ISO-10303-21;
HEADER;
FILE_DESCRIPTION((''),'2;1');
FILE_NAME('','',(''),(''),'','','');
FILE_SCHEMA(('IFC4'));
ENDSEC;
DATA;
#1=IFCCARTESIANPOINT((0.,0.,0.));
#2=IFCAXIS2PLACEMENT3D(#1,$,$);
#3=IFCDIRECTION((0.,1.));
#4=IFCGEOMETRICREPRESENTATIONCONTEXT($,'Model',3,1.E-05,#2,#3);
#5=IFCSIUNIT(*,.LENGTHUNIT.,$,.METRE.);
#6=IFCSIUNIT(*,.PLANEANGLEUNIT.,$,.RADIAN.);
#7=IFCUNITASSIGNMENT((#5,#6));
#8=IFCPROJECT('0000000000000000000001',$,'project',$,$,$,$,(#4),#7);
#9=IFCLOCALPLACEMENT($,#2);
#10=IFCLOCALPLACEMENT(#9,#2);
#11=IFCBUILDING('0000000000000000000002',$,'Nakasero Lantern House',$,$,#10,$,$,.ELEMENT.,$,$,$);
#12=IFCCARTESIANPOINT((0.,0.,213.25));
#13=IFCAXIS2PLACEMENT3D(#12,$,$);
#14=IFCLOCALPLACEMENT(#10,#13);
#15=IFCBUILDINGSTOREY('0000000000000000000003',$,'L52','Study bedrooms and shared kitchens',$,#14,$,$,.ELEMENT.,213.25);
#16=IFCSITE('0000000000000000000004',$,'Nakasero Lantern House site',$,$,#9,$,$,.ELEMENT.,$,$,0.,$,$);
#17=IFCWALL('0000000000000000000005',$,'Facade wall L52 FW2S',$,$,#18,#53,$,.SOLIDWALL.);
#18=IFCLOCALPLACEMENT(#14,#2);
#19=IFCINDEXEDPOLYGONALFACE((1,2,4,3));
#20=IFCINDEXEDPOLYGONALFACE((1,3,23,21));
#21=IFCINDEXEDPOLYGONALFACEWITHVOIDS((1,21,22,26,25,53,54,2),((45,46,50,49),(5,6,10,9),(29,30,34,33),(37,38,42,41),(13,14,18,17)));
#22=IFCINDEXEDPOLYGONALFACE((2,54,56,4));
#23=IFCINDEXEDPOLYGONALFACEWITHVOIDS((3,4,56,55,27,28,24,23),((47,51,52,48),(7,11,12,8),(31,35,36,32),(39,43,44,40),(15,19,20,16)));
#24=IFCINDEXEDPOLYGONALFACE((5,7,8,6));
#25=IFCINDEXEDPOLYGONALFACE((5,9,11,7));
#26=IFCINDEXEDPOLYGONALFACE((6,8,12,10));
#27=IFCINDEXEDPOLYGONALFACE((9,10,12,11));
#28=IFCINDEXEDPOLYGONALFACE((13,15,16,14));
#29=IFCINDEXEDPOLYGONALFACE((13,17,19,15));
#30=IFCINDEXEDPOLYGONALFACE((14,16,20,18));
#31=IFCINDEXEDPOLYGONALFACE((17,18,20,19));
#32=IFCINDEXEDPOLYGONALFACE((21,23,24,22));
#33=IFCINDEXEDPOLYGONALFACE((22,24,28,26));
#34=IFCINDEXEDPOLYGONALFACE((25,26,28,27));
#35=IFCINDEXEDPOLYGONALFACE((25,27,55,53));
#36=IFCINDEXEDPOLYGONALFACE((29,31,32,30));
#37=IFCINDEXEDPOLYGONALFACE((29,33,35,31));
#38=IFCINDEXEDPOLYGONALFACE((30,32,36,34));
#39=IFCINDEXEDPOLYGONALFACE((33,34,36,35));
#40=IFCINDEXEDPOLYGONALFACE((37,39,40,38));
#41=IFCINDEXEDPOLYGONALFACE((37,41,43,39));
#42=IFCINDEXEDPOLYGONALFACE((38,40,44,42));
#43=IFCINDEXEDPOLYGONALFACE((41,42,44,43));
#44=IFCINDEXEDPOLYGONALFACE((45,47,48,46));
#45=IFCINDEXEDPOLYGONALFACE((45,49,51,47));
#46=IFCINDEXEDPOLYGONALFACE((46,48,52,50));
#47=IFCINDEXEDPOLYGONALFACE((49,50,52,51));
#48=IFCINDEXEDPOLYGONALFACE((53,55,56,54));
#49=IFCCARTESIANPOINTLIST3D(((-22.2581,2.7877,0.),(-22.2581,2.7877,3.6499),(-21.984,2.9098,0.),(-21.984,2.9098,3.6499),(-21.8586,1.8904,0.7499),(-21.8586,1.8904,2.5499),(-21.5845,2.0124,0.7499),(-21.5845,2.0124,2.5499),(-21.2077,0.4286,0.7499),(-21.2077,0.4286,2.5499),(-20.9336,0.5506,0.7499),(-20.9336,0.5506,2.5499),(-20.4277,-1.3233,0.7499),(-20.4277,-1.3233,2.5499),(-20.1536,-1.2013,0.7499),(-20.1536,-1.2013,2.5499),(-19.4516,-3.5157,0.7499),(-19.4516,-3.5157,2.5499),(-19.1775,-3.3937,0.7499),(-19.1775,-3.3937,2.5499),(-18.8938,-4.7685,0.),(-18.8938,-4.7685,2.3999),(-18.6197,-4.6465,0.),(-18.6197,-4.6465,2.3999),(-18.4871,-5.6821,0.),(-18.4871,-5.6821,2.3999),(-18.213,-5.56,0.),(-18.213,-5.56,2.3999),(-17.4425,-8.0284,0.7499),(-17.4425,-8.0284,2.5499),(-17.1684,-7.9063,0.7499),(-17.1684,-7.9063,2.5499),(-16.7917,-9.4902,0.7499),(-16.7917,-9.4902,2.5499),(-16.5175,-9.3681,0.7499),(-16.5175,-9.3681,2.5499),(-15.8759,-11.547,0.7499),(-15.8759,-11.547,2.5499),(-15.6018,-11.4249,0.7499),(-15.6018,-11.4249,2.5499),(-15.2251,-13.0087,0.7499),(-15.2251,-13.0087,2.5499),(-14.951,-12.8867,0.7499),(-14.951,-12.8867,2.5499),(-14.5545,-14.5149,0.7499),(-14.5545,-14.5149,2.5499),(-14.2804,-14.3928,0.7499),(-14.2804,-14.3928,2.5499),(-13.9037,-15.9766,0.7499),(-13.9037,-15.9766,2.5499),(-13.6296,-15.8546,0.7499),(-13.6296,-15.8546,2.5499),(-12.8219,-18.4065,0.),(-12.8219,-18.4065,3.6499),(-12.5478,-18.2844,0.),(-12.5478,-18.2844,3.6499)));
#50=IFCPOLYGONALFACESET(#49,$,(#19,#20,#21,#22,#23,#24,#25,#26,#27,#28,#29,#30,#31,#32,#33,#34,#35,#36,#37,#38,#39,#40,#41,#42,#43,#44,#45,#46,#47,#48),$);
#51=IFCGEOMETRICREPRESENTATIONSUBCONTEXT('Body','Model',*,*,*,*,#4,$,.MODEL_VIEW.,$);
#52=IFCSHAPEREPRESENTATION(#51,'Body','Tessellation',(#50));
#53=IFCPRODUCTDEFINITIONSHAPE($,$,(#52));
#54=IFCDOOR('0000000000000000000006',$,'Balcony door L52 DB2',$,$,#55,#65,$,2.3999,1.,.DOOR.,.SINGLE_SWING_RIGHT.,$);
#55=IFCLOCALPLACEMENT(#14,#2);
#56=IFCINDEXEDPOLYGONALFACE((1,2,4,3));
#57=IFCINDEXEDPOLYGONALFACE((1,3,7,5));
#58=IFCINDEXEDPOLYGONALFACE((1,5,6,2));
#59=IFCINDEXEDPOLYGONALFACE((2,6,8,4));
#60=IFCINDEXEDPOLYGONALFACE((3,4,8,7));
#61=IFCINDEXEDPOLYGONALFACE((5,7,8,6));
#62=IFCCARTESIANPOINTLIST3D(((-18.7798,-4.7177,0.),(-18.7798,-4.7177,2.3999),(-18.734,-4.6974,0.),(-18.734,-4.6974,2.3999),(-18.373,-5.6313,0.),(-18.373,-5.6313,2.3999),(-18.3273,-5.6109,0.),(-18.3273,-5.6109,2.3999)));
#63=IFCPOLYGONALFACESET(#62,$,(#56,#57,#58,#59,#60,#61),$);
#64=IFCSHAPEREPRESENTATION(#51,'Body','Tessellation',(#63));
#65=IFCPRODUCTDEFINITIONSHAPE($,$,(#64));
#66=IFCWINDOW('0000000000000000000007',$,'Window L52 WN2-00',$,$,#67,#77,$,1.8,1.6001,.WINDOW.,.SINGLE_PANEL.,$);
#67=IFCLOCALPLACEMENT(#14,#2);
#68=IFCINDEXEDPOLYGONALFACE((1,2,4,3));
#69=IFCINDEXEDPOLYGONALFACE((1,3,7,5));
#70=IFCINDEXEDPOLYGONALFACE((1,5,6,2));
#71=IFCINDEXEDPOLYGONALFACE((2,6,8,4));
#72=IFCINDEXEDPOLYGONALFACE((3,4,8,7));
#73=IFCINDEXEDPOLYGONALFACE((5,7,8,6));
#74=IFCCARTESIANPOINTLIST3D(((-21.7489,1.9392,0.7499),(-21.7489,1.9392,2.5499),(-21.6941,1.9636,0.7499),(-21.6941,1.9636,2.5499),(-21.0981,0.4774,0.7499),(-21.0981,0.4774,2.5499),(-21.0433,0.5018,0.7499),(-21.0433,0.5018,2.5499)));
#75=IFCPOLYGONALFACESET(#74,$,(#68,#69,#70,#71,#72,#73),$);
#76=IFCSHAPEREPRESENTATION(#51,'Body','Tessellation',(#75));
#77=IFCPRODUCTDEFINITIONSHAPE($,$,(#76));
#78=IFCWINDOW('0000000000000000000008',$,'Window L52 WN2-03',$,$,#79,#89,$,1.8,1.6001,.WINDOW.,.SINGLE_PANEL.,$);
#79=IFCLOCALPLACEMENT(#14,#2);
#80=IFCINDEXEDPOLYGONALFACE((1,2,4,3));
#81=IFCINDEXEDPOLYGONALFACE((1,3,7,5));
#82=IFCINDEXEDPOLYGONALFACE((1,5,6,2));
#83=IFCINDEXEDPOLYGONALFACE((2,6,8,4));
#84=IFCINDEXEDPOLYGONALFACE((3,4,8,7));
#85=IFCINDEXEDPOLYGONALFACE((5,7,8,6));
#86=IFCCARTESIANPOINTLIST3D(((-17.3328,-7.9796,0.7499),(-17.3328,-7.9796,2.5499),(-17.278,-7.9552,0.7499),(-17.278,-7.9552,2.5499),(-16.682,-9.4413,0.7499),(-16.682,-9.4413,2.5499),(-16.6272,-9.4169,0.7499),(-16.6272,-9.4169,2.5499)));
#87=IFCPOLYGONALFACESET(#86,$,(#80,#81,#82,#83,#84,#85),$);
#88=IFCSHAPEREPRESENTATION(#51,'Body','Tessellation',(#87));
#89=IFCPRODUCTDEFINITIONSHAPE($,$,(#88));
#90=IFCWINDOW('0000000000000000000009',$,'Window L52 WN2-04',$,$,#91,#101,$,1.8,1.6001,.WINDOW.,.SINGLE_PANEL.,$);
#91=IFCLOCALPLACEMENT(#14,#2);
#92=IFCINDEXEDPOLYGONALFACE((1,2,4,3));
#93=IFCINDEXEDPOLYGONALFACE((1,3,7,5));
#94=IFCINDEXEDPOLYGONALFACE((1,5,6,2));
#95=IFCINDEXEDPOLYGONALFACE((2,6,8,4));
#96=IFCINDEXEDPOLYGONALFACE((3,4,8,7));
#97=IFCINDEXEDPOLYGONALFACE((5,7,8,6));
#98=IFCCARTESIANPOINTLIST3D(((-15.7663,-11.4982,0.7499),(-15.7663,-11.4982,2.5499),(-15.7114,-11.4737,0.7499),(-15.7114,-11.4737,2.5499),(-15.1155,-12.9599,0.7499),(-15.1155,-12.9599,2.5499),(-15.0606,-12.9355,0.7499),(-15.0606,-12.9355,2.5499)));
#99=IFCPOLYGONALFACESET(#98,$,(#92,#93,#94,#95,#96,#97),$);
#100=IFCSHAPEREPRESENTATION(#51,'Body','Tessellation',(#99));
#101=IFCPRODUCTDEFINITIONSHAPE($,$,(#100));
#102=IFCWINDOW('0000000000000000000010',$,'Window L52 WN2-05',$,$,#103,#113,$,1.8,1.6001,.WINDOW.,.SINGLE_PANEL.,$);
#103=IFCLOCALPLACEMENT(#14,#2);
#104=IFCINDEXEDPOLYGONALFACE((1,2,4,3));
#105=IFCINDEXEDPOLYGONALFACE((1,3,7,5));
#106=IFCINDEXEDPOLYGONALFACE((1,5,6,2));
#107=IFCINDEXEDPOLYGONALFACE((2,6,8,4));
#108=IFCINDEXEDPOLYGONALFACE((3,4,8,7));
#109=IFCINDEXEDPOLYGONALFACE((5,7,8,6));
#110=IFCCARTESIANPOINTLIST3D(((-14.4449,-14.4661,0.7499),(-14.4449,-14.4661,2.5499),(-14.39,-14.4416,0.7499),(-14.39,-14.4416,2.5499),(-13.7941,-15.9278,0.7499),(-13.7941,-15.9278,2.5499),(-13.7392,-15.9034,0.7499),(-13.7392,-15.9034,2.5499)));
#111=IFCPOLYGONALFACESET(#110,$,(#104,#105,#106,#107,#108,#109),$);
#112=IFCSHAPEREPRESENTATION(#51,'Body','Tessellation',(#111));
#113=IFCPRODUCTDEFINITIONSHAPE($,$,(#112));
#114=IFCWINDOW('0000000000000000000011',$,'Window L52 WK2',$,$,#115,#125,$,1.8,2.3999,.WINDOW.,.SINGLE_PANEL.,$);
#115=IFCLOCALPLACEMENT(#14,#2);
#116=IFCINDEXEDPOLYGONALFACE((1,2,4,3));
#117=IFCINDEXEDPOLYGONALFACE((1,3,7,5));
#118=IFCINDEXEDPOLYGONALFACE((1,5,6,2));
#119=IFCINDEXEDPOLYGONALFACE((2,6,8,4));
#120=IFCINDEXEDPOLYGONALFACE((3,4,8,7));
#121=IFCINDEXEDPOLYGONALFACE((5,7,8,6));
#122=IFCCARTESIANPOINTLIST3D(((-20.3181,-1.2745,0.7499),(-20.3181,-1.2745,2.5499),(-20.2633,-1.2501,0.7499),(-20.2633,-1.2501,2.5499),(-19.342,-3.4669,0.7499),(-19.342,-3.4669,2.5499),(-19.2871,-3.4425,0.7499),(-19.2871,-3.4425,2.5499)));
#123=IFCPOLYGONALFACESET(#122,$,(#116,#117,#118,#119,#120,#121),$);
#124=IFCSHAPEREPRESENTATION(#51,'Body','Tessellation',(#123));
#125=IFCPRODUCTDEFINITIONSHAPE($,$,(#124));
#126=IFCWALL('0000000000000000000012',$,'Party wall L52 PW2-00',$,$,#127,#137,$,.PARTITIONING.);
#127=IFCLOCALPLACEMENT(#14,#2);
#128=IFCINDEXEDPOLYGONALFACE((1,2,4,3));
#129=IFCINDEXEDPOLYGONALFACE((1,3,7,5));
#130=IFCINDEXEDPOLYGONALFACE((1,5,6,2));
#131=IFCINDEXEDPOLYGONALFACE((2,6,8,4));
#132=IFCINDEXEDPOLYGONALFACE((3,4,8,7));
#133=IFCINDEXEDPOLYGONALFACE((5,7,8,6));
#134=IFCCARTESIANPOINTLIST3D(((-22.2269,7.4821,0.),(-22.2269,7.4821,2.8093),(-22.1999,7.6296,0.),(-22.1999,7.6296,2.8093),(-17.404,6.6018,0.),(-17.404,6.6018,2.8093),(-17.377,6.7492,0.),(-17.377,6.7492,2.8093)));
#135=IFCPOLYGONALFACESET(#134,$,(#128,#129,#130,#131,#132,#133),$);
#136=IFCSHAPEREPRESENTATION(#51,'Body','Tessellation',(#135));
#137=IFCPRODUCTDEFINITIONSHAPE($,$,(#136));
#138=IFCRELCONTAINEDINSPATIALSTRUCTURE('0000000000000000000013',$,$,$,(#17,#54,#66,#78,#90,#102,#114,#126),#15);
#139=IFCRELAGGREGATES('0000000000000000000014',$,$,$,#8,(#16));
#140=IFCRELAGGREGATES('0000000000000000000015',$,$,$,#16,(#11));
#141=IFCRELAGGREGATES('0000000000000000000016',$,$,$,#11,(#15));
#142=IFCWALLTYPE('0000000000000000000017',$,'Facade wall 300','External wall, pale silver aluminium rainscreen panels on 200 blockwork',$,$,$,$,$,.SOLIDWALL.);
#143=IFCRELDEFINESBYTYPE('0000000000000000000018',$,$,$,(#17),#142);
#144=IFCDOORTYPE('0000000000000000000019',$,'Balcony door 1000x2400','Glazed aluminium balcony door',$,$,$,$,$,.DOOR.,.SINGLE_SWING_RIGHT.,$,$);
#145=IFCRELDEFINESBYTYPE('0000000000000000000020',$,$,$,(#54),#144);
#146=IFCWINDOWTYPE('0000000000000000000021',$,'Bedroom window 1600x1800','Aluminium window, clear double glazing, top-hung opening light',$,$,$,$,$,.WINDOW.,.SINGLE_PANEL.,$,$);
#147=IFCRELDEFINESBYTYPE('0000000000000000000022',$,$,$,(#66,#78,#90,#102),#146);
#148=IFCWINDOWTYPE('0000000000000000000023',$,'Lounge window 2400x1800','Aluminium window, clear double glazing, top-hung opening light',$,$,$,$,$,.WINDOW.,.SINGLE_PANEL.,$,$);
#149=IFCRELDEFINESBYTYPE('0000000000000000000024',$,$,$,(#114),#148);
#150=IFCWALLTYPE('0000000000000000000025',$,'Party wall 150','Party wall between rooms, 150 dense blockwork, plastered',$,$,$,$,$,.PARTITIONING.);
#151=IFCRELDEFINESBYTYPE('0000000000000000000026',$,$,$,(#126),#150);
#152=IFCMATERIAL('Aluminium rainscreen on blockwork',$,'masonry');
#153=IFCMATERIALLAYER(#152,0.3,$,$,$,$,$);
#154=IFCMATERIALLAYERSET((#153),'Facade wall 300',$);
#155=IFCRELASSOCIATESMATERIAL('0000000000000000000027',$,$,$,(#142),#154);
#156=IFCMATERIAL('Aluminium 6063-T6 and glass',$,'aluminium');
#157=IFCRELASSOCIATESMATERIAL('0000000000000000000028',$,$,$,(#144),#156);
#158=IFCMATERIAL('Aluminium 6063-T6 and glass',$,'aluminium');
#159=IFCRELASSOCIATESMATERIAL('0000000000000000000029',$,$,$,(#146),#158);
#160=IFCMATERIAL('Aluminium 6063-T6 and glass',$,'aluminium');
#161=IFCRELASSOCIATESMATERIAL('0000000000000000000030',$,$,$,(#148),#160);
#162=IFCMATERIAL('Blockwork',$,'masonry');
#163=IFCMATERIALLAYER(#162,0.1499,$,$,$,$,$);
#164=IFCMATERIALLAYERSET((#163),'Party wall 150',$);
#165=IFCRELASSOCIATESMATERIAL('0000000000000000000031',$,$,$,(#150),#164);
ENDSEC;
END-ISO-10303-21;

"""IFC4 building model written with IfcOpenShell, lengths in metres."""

from ifc_helpers import new_model, si_unit, direction, frame, frame_2d, origin, place, context, subcontext, project, spatial, rectangle, extrude, material, layer, layer_set, type_object, element, fill, save


model = new_model("IFC4")

# Units and contexts
model_context = context("Model", 3, precision=1e-05, world=origin(), true_north=direction((0.0, 1.0)))
body_context = subcontext(model_context, "Body", "Model", "MODEL_VIEW")
ifc_project = project(units=[si_unit("LENGTHUNIT", "METRE"), si_unit("PLANEANGLEUNIT", "RADIAN")], contexts=[model_context])

# Site, building, storey
site_placement = place(None, origin())
site = spatial("IfcSite", under=ifc_project, at=site_placement, Name="Nakasero Lantern House site", CompositionType="ELEMENT", RefElevation=0.0)
building_placement = place(site_placement, origin())
building = spatial("IfcBuilding", under=site, at=building_placement, Name="Nakasero Lantern House", CompositionType="ELEMENT")
storey_placement = place(building_placement, frame((0.0, 0.0, 213.25)))
storey = spatial("IfcBuildingStorey", under=building, at=storey_placement, Name="L52", Description="Study bedrooms and shared kitchens", CompositionType="ELEMENT", Elevation=213.25)

# Shared definitions
ifc_material_1 = material(Name="Aluminium rainscreen on blockwork", Category="masonry")
ifc_layer_1 = layer(ifc_material_1, 0.3)
ifc_layer_set_1 = layer_set([ifc_layer_1], Name="Facade wall 300")
wall_type_1 = type_object("IfcWallType", Name="Facade wall 300", Description="External wall, pale silver aluminium rainscreen panels on 200 blockwork", PredefinedType="SOLIDWALL", material=ifc_layer_set_1)

# Wall, openings, door, windows
wall_1_placement = place(storey_placement, frame((-22.1211, 2.8489, 0.0), z_axis=(0.0, 0.0, 1.0), x_axis=(0.406735, -0.913546, 0.0)))
wall_1 = element("IfcWall", 1, at=wall_1_placement, inside=storey, type_object=wall_type_1, Name="Facade wall L52 FW2S", PredefinedType="SOLIDWALL", context=body_context, shape_type="SweptSolid", body=[
    extrude(rectangle(XDim=23.2, YDim=0.3, at=frame_2d((11.6001, 0.0))), origin(), (0.0, 0.0, 1.0), 3.6499),
])
opening_1_placement = place(wall_1_placement, frame((0.9824, 0.0, 0.75)))
opening_1 = element("IfcOpeningElement", 2, at=opening_1_placement, cuts=wall_1, PredefinedType="OPENING", context=body_context, shape_type="SweptSolid", body=[
    extrude(rectangle(XDim=1.6001, YDim=1.8, at=frame_2d((0.8, 0.8999))), frame((0.0, 0.1699, 0.0), z_axis=(0.0, -1.0, 0.0), x_axis=(1.0, 0.0, 0.0)), (0.0, 0.0, 1.0), 0.3401),
])
opening_2_placement = place(wall_1_placement, frame((11.8398, 0.0, 0.75)))
opening_2 = element("IfcOpeningElement", 3, at=opening_2_placement, cuts=wall_1, PredefinedType="OPENING", context=body_context, shape_type="SweptSolid", body=[
    extrude(rectangle(XDim=1.6001, YDim=1.8, at=frame_2d((0.8, 0.8999))), frame((0.0, 0.1699, 0.0), z_axis=(0.0, -1.0, 0.0), x_axis=(1.0, 0.0, 0.0)), (0.0, 0.0, 1.0), 0.3401),
])
opening_3_placement = place(wall_1_placement, frame((15.6914, 0.0, 0.75)))
opening_3 = element("IfcOpeningElement", 4, at=opening_3_placement, cuts=wall_1, PredefinedType="OPENING", context=body_context, shape_type="SweptSolid", body=[
    extrude(rectangle(XDim=1.6001, YDim=1.8, at=frame_2d((0.8, 0.8999))), frame((0.0, 0.1699, 0.0), z_axis=(0.0, -1.0, 0.0), x_axis=(1.0, 0.0, 0.0)), (0.0, 0.0, 1.0), 0.3401),
])
opening_4_placement = place(wall_1_placement, frame((18.9402, 0.0, 0.75)))
opening_4 = element("IfcOpeningElement", 5, at=opening_4_placement, cuts=wall_1, PredefinedType="OPENING", context=body_context, shape_type="SweptSolid", body=[
    extrude(rectangle(XDim=1.6001, YDim=1.8, at=frame_2d((0.8, 0.8999))), frame((0.0, 0.1699, 0.0), z_axis=(0.0, -1.0, 0.0), x_axis=(1.0, 0.0, 0.0)), (0.0, 0.0, 1.0), 0.3401),
])
opening_5_placement = place(wall_1_placement, frame((4.5002, 0.0, 0.75)))
opening_5 = element("IfcOpeningElement", 6, at=opening_5_placement, cuts=wall_1, PredefinedType="OPENING", context=body_context, shape_type="SweptSolid", body=[
    extrude(rectangle(XDim=2.3999, YDim=1.8, at=frame_2d((1.2, 0.8999))), frame((0.0, 0.1699, 0.0), z_axis=(0.0, -1.0, 0.0), x_axis=(1.0, 0.0, 0.0)), (0.0, 0.0, 1.0), 0.3401),
])
opening_6_placement = place(wall_1_placement, frame((8.2715, 0.0, 0.0)))
opening_6 = element("IfcOpeningElement", 7, at=opening_6_placement, cuts=wall_1, PredefinedType="OPENING", context=body_context, shape_type="SweptSolid", body=[
    extrude(rectangle(XDim=1.0, YDim=2.3999, at=frame_2d((0.5, 1.2))), frame((0.0, 0.1699, 0.0), z_axis=(0.0, -1.0, 0.0), x_axis=(1.0, 0.0, 0.0)), (0.0, 0.0, 1.0), 0.3401),
])
ifc_material_2 = material(Name="Aluminium 6063-T6 and glass", Category="aluminium")
door_type_1 = type_object("IfcDoorType", Name="Balcony door 1000x2400", Description="Glazed aluminium balcony door", OperationType="SINGLE_SWING_RIGHT", PredefinedType="DOOR", material=ifc_material_2)
door_1_placement = place(opening_6_placement, origin())
door_1 = element("IfcDoor", 8, at=door_1_placement, inside=storey, type_object=door_type_1, Name="Balcony door L52 DB2", OperationType="SINGLE_SWING_RIGHT", OverallHeight=2.3999, OverallWidth=1.0, PredefinedType="DOOR", context=body_context, shape_type="SweptSolid", body=[
    extrude(rectangle(XDim=1.0, YDim=2.3999, at=frame_2d((0.5, 1.2))), frame((0.0, 0.0249, 0.0), z_axis=(0.0, -1.0, 0.0), x_axis=(1.0, 0.0, 0.0)), (0.0, 0.0, 1.0), 0.05),
])
fill(opening_6, door_1)
ifc_material_3 = material(Name="Aluminium 6063-T6 and glass", Category="aluminium")
window_type_1 = type_object("IfcWindowType", Name="Bedroom window 1600x1800", Description="Aluminium window, clear double glazing, top-hung opening light", PartitioningType="SINGLE_PANEL", PredefinedType="WINDOW", material=ifc_material_3)
window_1_placement = place(opening_1_placement, origin())
window_1 = element("IfcWindow", 9, at=window_1_placement, inside=storey, type_object=window_type_1, Name="Window L52 WN2-00", OverallHeight=1.8, OverallWidth=1.6001, PartitioningType="SINGLE_PANEL", PredefinedType="WINDOW", context=body_context, shape_type="SweptSolid", body=[
    extrude(rectangle(XDim=1.6001, YDim=1.8, at=frame_2d((0.8, 0.8999))), frame((0.0, 0.03, 0.0), z_axis=(0.0, -1.0, 0.0), x_axis=(1.0, 0.0, 0.0)), (0.0, 0.0, 1.0), 0.0601),
])
fill(opening_1, window_1)
window_2_placement = place(opening_2_placement, origin())
window_2 = element("IfcWindow", 10, at=window_2_placement, inside=storey, type_object=window_type_1, Name="Window L52 WN2-03", OverallHeight=1.8, OverallWidth=1.6001, PartitioningType="SINGLE_PANEL", PredefinedType="WINDOW", context=body_context, shape_type="SweptSolid", body=[
    extrude(rectangle(XDim=1.6001, YDim=1.8, at=frame_2d((0.8, 0.8999))), frame((0.0, 0.03, 0.0), z_axis=(0.0, -1.0, 0.0), x_axis=(1.0, 0.0, 0.0)), (0.0, 0.0, 1.0), 0.0601),
])
fill(opening_2, window_2)
window_3_placement = place(opening_3_placement, origin())
window_3 = element("IfcWindow", 11, at=window_3_placement, inside=storey, type_object=window_type_1, Name="Window L52 WN2-04", OverallHeight=1.8, OverallWidth=1.6001, PartitioningType="SINGLE_PANEL", PredefinedType="WINDOW", context=body_context, shape_type="SweptSolid", body=[
    extrude(rectangle(XDim=1.6001, YDim=1.8, at=frame_2d((0.8, 0.8999))), frame((0.0, 0.03, 0.0), z_axis=(0.0, -1.0, 0.0), x_axis=(1.0, 0.0, 0.0)), (0.0, 0.0, 1.0), 0.0601),
])
fill(opening_3, window_3)
window_4_placement = place(opening_4_placement, origin())
window_4 = element("IfcWindow", 12, at=window_4_placement, inside=storey, type_object=window_type_1, Name="Window L52 WN2-05", OverallHeight=1.8, OverallWidth=1.6001, PartitioningType="SINGLE_PANEL", PredefinedType="WINDOW", context=body_context, shape_type="SweptSolid", body=[
    extrude(rectangle(XDim=1.6001, YDim=1.8, at=frame_2d((0.8, 0.8999))), frame((0.0, 0.03, 0.0), z_axis=(0.0, -1.0, 0.0), x_axis=(1.0, 0.0, 0.0)), (0.0, 0.0, 1.0), 0.0601),
])
fill(opening_4, window_4)
ifc_material_4 = material(Name="Aluminium 6063-T6 and glass", Category="aluminium")
window_type_2 = type_object("IfcWindowType", Name="Lounge window 2400x1800", Description="Aluminium window, clear double glazing, top-hung opening light", PartitioningType="SINGLE_PANEL", PredefinedType="WINDOW", material=ifc_material_4)
window_5_placement = place(opening_5_placement, origin())
window_5 = element("IfcWindow", 13, at=window_5_placement, inside=storey, type_object=window_type_2, Name="Window L52 WK2", OverallHeight=1.8, OverallWidth=2.3999, PartitioningType="SINGLE_PANEL", PredefinedType="WINDOW", context=body_context, shape_type="SweptSolid", body=[
    extrude(rectangle(XDim=2.3999, YDim=1.8, at=frame_2d((1.2, 0.8999))), frame((0.0, 0.03, 0.0), z_axis=(0.0, -1.0, 0.0), x_axis=(1.0, 0.0, 0.0)), (0.0, 0.0, 1.0), 0.0601),
])
fill(opening_5, window_5)

# Wall
ifc_material_5 = material(Name="Blockwork", Category="masonry")
ifc_layer_2 = layer(ifc_material_5, 0.1499)
ifc_layer_set_2 = layer_set([ifc_layer_2], Name="Party wall 150")
wall_type_2 = type_object("IfcWallType", Name="Party wall 150", Description="Party wall between rooms, 150 dense blockwork, plastered", PredefinedType="PARTITIONING", material=ifc_layer_set_2)
wall_2_placement = place(storey_placement, frame((-17.3906, 6.6755, 0.0), z_axis=(0.0, 0.0, 1.0), x_axis=(-0.983745, 0.179569, 0.0)))
element("IfcWall", 14, at=wall_2_placement, inside=storey, type_object=wall_type_2, Name="Party wall L52 PW2-00", PredefinedType="PARTITIONING", context=body_context, shape_type="SweptSolid", body=[
    extrude(rectangle(XDim=4.9026, YDim=0.1499, at=frame_2d((2.4512, 0.0))), origin(), (0.0, 0.0, 1.0), 2.8093),
])

save(model, "model.ifc")
